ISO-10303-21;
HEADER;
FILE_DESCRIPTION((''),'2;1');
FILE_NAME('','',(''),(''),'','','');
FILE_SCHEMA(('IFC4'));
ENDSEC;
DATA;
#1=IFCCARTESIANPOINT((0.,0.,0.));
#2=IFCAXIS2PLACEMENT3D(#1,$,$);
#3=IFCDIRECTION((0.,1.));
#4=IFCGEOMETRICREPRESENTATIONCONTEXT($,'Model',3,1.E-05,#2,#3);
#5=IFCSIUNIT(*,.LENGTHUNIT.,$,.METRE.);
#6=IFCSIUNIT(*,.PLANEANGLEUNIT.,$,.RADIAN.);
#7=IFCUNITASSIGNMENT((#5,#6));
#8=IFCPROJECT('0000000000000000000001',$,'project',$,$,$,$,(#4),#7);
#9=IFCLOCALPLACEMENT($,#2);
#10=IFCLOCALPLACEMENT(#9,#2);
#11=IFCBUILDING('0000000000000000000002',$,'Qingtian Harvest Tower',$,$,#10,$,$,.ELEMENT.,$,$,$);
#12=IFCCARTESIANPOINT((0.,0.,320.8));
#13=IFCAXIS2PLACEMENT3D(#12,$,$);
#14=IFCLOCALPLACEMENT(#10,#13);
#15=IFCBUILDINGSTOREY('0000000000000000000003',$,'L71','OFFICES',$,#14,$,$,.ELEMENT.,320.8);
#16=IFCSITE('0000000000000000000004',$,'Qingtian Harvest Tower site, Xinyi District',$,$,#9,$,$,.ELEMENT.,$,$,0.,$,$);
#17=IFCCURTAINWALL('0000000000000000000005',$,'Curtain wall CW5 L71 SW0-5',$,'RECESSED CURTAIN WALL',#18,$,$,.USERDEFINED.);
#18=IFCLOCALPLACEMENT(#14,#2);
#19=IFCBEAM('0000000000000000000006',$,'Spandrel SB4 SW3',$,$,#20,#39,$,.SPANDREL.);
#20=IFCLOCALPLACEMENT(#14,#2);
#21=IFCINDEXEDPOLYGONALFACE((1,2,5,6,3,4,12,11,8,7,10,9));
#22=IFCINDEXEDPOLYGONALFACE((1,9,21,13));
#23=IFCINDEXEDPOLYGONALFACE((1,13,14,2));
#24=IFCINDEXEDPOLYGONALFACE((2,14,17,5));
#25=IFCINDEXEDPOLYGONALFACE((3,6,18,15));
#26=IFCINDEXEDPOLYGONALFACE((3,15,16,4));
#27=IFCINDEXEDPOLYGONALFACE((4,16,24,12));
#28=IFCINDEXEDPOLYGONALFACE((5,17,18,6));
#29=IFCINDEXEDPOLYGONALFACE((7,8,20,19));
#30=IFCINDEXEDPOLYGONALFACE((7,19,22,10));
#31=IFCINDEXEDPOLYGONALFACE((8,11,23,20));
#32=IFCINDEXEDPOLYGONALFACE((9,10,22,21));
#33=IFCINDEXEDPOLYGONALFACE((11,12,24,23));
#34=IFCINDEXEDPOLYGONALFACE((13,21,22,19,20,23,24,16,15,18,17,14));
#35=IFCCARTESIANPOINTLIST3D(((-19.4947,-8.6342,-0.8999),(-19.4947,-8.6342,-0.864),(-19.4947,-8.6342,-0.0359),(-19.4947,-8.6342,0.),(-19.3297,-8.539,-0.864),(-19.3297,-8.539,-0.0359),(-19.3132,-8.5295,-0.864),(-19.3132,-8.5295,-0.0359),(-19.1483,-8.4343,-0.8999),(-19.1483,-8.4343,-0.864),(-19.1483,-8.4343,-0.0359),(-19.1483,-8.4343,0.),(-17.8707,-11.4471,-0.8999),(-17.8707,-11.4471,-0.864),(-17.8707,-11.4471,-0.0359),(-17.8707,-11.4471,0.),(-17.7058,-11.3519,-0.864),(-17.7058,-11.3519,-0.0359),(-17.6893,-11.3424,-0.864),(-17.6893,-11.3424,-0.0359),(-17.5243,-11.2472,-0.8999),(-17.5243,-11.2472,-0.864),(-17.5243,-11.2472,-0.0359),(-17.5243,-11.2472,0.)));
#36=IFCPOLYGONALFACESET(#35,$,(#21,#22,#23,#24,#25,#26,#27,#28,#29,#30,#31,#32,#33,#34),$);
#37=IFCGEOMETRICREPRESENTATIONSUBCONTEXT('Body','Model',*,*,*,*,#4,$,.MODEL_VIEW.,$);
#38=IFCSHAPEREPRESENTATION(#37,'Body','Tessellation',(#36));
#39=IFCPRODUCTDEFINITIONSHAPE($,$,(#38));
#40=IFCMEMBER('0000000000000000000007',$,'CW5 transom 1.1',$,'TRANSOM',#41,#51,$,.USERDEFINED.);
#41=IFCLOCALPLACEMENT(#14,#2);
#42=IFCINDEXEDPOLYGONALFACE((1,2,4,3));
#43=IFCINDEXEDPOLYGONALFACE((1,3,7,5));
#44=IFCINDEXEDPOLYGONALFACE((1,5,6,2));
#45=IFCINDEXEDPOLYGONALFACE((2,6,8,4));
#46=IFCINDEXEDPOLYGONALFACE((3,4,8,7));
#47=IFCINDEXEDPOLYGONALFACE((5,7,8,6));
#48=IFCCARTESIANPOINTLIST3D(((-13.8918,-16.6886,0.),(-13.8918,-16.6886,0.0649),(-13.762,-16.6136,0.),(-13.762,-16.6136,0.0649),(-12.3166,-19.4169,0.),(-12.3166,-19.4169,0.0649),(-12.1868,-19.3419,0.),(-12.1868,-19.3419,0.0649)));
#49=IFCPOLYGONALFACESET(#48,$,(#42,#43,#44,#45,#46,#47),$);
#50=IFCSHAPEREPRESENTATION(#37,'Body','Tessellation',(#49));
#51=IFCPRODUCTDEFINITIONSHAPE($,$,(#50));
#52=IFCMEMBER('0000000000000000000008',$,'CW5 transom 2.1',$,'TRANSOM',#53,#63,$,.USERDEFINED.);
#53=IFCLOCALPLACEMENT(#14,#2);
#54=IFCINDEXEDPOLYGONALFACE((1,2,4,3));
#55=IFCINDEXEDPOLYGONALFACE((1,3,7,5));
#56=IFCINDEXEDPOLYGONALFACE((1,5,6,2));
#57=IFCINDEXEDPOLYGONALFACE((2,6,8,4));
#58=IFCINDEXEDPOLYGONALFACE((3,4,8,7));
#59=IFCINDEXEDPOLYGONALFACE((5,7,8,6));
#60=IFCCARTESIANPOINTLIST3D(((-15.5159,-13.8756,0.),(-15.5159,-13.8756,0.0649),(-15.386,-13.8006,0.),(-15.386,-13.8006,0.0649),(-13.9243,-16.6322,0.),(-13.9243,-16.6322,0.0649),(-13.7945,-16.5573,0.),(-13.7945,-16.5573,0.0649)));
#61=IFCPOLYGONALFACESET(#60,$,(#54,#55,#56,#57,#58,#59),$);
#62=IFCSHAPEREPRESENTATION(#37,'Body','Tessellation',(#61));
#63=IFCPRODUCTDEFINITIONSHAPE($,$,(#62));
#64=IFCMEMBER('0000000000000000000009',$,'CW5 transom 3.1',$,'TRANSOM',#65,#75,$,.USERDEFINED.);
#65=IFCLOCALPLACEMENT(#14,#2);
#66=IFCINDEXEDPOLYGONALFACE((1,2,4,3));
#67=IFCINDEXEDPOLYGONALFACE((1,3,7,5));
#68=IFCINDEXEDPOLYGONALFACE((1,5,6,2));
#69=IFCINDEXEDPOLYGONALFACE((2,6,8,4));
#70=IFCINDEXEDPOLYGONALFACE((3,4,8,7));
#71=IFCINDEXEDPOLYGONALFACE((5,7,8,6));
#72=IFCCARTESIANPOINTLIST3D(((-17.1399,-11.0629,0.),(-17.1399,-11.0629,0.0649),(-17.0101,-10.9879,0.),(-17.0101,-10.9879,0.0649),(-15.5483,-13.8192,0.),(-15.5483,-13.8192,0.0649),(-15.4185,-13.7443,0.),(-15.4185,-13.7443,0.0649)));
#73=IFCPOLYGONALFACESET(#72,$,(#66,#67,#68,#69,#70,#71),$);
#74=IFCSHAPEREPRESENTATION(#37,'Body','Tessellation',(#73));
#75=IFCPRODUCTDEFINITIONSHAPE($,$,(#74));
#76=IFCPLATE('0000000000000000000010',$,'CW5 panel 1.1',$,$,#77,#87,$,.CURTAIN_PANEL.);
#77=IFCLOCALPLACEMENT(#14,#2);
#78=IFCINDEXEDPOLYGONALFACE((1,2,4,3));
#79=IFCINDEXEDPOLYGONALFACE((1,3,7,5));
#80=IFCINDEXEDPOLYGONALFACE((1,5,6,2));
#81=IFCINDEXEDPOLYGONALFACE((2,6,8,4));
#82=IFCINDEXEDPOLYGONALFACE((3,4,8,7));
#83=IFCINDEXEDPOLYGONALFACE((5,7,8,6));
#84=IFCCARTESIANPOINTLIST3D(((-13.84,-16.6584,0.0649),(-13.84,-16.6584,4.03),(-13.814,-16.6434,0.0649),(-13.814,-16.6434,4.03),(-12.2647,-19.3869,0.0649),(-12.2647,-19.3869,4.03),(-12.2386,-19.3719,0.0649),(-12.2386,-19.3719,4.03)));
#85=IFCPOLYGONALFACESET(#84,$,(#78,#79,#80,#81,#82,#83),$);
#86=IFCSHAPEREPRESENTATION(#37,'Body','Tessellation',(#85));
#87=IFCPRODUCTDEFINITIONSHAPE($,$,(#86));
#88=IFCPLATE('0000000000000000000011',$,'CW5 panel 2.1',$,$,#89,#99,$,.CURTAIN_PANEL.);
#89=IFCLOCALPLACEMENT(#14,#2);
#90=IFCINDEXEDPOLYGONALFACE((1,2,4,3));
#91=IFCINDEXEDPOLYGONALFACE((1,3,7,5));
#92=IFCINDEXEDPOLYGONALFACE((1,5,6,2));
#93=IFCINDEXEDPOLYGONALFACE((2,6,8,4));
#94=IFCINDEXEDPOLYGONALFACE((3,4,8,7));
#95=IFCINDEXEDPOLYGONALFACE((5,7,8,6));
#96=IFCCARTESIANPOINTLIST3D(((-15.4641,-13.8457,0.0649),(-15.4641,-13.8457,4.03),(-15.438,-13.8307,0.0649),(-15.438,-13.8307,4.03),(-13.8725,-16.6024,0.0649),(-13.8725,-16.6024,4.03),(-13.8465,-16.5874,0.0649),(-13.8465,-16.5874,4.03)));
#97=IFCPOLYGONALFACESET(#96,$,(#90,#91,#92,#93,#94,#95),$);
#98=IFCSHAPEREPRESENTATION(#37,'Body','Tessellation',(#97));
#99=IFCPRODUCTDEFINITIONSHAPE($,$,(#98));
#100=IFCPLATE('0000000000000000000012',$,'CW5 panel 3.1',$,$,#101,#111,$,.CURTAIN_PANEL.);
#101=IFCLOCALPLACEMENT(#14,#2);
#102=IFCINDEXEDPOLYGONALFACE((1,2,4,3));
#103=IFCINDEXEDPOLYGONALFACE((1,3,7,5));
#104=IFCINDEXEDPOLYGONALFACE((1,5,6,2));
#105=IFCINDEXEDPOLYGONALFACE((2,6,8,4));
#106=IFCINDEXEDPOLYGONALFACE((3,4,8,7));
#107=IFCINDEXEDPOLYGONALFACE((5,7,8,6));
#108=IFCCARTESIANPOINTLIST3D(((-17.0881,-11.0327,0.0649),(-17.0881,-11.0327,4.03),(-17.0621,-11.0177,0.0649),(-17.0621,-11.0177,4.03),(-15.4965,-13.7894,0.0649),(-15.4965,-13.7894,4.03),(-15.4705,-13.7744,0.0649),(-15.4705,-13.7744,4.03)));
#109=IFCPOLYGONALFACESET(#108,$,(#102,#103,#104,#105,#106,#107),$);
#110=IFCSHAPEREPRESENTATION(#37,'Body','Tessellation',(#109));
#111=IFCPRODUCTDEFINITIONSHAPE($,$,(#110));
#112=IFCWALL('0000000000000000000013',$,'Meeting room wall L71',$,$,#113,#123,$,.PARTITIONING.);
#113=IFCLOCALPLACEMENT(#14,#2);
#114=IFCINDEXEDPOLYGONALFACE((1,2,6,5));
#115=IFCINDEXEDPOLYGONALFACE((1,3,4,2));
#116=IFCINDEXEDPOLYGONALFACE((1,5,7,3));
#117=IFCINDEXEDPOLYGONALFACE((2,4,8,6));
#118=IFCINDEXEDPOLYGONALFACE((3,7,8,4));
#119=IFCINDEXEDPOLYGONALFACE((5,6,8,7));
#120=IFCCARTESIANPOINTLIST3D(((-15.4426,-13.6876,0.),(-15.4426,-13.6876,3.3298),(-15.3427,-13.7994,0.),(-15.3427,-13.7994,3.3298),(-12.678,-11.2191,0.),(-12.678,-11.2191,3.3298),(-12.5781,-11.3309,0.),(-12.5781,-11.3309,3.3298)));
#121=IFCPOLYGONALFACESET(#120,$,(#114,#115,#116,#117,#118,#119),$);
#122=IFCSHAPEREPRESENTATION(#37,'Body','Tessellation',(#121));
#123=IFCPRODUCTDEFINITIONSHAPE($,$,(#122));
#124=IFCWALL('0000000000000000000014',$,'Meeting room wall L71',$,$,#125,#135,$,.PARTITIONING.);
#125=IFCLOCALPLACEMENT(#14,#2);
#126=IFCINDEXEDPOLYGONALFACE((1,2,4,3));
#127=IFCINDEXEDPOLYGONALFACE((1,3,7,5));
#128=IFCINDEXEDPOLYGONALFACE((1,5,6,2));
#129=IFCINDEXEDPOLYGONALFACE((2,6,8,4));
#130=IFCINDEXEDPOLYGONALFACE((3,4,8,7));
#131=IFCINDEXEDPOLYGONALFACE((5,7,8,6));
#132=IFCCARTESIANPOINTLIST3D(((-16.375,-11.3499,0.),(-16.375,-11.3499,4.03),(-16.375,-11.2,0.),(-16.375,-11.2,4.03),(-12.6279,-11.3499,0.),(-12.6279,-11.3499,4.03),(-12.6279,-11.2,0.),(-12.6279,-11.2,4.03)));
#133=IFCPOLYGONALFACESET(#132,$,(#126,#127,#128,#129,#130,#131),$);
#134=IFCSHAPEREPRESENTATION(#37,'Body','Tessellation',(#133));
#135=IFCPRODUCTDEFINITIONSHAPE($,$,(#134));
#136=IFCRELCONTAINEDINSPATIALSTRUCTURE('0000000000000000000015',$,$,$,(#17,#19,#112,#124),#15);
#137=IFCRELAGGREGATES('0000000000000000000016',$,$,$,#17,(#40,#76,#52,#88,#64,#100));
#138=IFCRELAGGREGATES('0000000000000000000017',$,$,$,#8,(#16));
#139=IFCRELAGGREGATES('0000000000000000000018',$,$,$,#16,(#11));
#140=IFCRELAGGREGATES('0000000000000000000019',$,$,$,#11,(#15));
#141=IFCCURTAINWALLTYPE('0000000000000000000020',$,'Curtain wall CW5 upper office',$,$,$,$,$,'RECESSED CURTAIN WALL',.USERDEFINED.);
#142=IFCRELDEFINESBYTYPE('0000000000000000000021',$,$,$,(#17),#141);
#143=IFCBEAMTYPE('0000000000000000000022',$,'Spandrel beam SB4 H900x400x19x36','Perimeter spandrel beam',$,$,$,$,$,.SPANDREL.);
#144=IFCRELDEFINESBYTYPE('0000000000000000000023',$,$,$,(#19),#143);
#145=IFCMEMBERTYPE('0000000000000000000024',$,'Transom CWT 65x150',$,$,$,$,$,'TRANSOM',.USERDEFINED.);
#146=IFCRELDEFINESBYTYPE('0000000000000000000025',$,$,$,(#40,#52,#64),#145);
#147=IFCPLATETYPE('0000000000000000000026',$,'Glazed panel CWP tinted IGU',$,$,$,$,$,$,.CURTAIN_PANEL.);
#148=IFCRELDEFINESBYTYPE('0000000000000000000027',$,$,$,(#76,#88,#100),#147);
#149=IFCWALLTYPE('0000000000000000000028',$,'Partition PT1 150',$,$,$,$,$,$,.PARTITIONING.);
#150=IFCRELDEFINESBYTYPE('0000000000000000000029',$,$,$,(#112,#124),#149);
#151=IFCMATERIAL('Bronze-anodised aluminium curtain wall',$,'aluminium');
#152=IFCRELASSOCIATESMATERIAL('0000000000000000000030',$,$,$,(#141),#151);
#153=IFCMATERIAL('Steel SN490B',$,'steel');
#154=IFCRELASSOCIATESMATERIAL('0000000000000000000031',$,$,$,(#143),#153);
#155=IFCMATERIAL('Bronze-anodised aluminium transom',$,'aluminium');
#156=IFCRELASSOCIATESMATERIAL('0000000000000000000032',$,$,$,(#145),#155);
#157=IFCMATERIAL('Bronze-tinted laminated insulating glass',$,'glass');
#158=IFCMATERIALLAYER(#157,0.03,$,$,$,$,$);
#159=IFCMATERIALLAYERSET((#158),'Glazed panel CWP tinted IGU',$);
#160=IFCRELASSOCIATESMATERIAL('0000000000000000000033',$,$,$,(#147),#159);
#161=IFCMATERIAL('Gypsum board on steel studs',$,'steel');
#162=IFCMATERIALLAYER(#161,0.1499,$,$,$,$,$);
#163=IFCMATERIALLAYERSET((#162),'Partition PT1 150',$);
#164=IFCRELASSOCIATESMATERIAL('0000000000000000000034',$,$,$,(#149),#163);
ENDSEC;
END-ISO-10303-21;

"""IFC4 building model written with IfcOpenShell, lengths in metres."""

from ifc_helpers import new_model, si_unit, direction, frame, frame_2d, origin, origin_2d, place, context, subcontext, project, spatial, rectangle, i_section, extrude, material, layer, layer_set, material_profile, profile_set, type_object, element, aggregate, save


model = new_model("IFC4")

# Units and contexts
model_context = context("Model", 3, precision=1e-05, world=origin(), true_north=direction((0.0, 1.0)))
body_context = subcontext(model_context, "Body", "Model", "MODEL_VIEW")
ifc_project = project(units=[si_unit("LENGTHUNIT", "METRE"), si_unit("PLANEANGLEUNIT", "RADIAN")], contexts=[model_context])

# Site, building, storey
site_placement = place(None, origin())
site = spatial("IfcSite", under=ifc_project, at=site_placement, Name="Qingtian Harvest Tower site, Xinyi District", CompositionType="ELEMENT", RefElevation=0.0)
building_placement = place(site_placement, origin())
building = spatial("IfcBuilding", under=site, at=building_placement, Name="Qingtian Harvest Tower", CompositionType="ELEMENT")
storey_placement = place(building_placement, frame((0.0, 0.0, 320.8)))
storey = spatial("IfcBuildingStorey", under=building, at=storey_placement, Name="L71", Description="OFFICES", CompositionType="ELEMENT", Elevation=320.8)

# Shared definitions
ifc_material_1 = material(Name="Bronze-anodised aluminium curtain wall", Category="aluminium")
curtain_wall_type = type_object("IfcCurtainWallType", Name="Curtain wall CW5 upper office", ElementType="RECESSED CURTAIN WALL", PredefinedType="USERDEFINED", material=ifc_material_1)

# Curtain wall
curtain_wall_1_placement = place(storey_placement, origin())
curtain_wall_1 = element("IfcCurtainWall", 1, at=curtain_wall_1_placement, inside=storey, type_object=curtain_wall_type, Name="Curtain wall CW5 L71 SW0-5", ObjectType="RECESSED CURTAIN WALL", PredefinedType="USERDEFINED")

# Beam
ifc_material_2 = material(Name="Steel SN490B", Category="steel")
ifc_material_profile_1 = material_profile(ifc_material_2, i_section(OverallWidth=0.3999, OverallDepth=0.8999, WebThickness=0.019, FlangeThickness=0.0359, at=origin_2d()), Name="H900x400x19x36")
ifc_profile_set_1 = profile_set([ifc_material_profile_1], Name="Steel SN490B")
beam_type_1 = type_object("IfcBeamType", Name="Spandrel beam SB4 H900x400x19x36", Description="Perimeter spandrel beam", PredefinedType="SPANDREL", material=ifc_profile_set_1)
beam_1_placement = place(storey_placement, frame((-17.6975, -11.3472, -0.45), z_axis=(-0.499987, 0.866033, 0.0), x_axis=(-0.866033, -0.499987, 0.0)))
element("IfcBeam", 2, at=beam_1_placement, inside=storey, type_object=beam_type_1, Name="Spandrel SB4 SW3", PredefinedType="SPANDREL", context=body_context, shape_type="SweptSolid", body=[
    extrude(i_section(OverallWidth=0.3999, OverallDepth=0.8999, WebThickness=0.019, FlangeThickness=0.0359, at=origin_2d()), origin(), (0.0, 0.0, 1.0), 3.248),
])

# Members
ifc_material_3 = material(Name="Bronze-anodised aluminium transom", Category="aluminium")
ifc_material_profile_2 = material_profile(ifc_material_3, rectangle(XDim=0.1499, YDim=0.0649, at=origin_2d()), Name="AL 65x150")
ifc_profile_set_2 = profile_set([ifc_material_profile_2], Name="Bronze-anodised aluminium transom")
member_type_1 = type_object("IfcMemberType", Name="Transom CWT 65x150", ElementType="TRANSOM", PredefinedType="USERDEFINED", material=ifc_profile_set_2)
member_1_placement = place(storey_placement, frame((-12.2517, -19.3794, 0.0325), z_axis=(-0.500006, 0.866022, 0.0), x_axis=(-0.866022, -0.500006, 0.0)))
member_1 = element("IfcMember", 3, at=member_1_placement, type_object=member_type_1, Name="CW5 transom 1.1", ObjectType="TRANSOM", PredefinedType="USERDEFINED", context=body_context, shape_type="SweptSolid", body=[
    extrude(rectangle(XDim=0.1499, YDim=0.0649, at=origin_2d()), origin(), (0.0, 0.0, 1.0), 3.1504),
])
member_2_placement = place(storey_placement, frame((-13.8594, -16.5947, 0.0325), z_axis=(-0.500008, 0.866021, 0.0), x_axis=(-0.866021, -0.500008, 0.0)))
member_2 = element("IfcMember", 4, at=member_2_placement, type_object=member_type_1, Name="CW5 transom 2.1", ObjectType="TRANSOM", PredefinedType="USERDEFINED", context=body_context, shape_type="SweptSolid", body=[
    extrude(rectangle(XDim=0.1499, YDim=0.0649, at=origin_2d()), origin(), (0.0, 0.0, 1.0), 3.1831),
])
member_3_placement = place(storey_placement, frame((-15.4834, -13.7817, 0.0325), z_axis=(-0.500041, 0.866002, 0.0), x_axis=(-0.866002, -0.500041, 0.0)))
member_3 = element("IfcMember", 5, at=member_3_placement, type_object=member_type_1, Name="CW5 transom 3.1", ObjectType="TRANSOM", PredefinedType="USERDEFINED", context=body_context, shape_type="SweptSolid", body=[
    extrude(rectangle(XDim=0.1499, YDim=0.0649, at=origin_2d()), origin(), (0.0, 0.0, 1.0), 3.1829),
])

# Plates
ifc_material_4 = material(Name="Bronze-tinted laminated insulating glass", Category="glass")
ifc_layer_1 = layer(ifc_material_4, 0.03)
ifc_layer_set_1 = layer_set([ifc_layer_1], Name="Glazed panel CWP tinted IGU")
plate_type = type_object("IfcPlateType", Name="Glazed panel CWP tinted IGU", PredefinedType="CURTAIN_PANEL", material=ifc_layer_set_1)
plate_1_placement = place(storey_placement, frame((-13.0393, -18.0151, 0.0649), z_axis=(0.0, 0.0, 1.0), x_axis=(-0.5, 0.866025, 0.0)))
plate_1 = element("IfcPlate", 6, at=plate_1_placement, type_object=plate_type, Name="CW5 panel 1.1", PredefinedType="CURTAIN_PANEL", context=body_context, shape_type="SweptSolid", body=[
    extrude(rectangle(XDim=3.1506, YDim=0.03, at=origin_2d()), origin(), (0.0, 0.0, 1.0), 3.9651),
])
plate_2_placement = place(storey_placement, frame((-14.6553, -15.2166, 0.0649), z_axis=(0.0, 0.0, 1.0), x_axis=(-0.5, 0.866025, 0.0)))
plate_2 = element("IfcPlate", 7, at=plate_2_placement, type_object=plate_type, Name="CW5 panel 2.1", PredefinedType="CURTAIN_PANEL", context=body_context, shape_type="SweptSolid", body=[
    extrude(rectangle(XDim=3.1831, YDim=0.03, at=origin_2d()), origin(), (0.0, 0.0, 1.0), 3.9651),
])
plate_3_placement = place(storey_placement, frame((-16.2793, -12.4036, 0.0649), z_axis=(0.0, 0.0, 1.0), x_axis=(-0.5, 0.866025, 0.0)))
plate_3 = element("IfcPlate", 8, at=plate_3_placement, type_object=plate_type, Name="CW5 panel 3.1", PredefinedType="CURTAIN_PANEL", context=body_context, shape_type="SweptSolid", body=[
    extrude(rectangle(XDim=3.1831, YDim=0.03, at=origin_2d()), origin(), (0.0, 0.0, 1.0), 3.9651),
])
aggregate(curtain_wall_1, [member_1, plate_1, member_2, plate_2, member_3, plate_3])

# Walls
ifc_material_5 = material(Name="Gypsum board on steel studs", Category="steel")
ifc_layer_2 = layer(ifc_material_5, 0.1499)
ifc_layer_set_2 = layer_set([ifc_layer_2], Name="Partition PT1 150")
wall_type = type_object("IfcWallType", Name="Partition PT1 150", PredefinedType="PARTITIONING", material=ifc_layer_set_2)
wall_1_placement = place(storey_placement, frame((-15.3926, -13.7434, 0.0), z_axis=(0.0, 0.0, 1.0), x_axis=(0.745928, 0.666026, 0.0)))
element("IfcWall", 9, at=wall_1_placement, inside=storey, type_object=wall_type, Name="Meeting room wall L71", PredefinedType="PARTITIONING", context=body_context, shape_type="SweptSolid", body=[
    extrude(rectangle(XDim=3.7063, YDim=0.1499, at=frame_2d((1.853, 0.0))), origin(), (0.0, 0.0, 1.0), 3.3298),
])
wall_2_placement = place(storey_placement, frame((-12.6279, -11.2749, 0.0), z_axis=(0.0, 0.0, 1.0), x_axis=(-1.0, 0.0, 0.0)))
element("IfcWall", 10, at=wall_2_placement, inside=storey, type_object=wall_type, Name="Meeting room wall L71", PredefinedType="PARTITIONING", context=body_context, shape_type="SweptSolid", body=[
    extrude(rectangle(XDim=3.7471, YDim=0.1499, at=frame_2d((1.8735, 0.0))), origin(), (0.0, 0.0, 1.0), 4.03),
])

save(model, "model.ifc")
